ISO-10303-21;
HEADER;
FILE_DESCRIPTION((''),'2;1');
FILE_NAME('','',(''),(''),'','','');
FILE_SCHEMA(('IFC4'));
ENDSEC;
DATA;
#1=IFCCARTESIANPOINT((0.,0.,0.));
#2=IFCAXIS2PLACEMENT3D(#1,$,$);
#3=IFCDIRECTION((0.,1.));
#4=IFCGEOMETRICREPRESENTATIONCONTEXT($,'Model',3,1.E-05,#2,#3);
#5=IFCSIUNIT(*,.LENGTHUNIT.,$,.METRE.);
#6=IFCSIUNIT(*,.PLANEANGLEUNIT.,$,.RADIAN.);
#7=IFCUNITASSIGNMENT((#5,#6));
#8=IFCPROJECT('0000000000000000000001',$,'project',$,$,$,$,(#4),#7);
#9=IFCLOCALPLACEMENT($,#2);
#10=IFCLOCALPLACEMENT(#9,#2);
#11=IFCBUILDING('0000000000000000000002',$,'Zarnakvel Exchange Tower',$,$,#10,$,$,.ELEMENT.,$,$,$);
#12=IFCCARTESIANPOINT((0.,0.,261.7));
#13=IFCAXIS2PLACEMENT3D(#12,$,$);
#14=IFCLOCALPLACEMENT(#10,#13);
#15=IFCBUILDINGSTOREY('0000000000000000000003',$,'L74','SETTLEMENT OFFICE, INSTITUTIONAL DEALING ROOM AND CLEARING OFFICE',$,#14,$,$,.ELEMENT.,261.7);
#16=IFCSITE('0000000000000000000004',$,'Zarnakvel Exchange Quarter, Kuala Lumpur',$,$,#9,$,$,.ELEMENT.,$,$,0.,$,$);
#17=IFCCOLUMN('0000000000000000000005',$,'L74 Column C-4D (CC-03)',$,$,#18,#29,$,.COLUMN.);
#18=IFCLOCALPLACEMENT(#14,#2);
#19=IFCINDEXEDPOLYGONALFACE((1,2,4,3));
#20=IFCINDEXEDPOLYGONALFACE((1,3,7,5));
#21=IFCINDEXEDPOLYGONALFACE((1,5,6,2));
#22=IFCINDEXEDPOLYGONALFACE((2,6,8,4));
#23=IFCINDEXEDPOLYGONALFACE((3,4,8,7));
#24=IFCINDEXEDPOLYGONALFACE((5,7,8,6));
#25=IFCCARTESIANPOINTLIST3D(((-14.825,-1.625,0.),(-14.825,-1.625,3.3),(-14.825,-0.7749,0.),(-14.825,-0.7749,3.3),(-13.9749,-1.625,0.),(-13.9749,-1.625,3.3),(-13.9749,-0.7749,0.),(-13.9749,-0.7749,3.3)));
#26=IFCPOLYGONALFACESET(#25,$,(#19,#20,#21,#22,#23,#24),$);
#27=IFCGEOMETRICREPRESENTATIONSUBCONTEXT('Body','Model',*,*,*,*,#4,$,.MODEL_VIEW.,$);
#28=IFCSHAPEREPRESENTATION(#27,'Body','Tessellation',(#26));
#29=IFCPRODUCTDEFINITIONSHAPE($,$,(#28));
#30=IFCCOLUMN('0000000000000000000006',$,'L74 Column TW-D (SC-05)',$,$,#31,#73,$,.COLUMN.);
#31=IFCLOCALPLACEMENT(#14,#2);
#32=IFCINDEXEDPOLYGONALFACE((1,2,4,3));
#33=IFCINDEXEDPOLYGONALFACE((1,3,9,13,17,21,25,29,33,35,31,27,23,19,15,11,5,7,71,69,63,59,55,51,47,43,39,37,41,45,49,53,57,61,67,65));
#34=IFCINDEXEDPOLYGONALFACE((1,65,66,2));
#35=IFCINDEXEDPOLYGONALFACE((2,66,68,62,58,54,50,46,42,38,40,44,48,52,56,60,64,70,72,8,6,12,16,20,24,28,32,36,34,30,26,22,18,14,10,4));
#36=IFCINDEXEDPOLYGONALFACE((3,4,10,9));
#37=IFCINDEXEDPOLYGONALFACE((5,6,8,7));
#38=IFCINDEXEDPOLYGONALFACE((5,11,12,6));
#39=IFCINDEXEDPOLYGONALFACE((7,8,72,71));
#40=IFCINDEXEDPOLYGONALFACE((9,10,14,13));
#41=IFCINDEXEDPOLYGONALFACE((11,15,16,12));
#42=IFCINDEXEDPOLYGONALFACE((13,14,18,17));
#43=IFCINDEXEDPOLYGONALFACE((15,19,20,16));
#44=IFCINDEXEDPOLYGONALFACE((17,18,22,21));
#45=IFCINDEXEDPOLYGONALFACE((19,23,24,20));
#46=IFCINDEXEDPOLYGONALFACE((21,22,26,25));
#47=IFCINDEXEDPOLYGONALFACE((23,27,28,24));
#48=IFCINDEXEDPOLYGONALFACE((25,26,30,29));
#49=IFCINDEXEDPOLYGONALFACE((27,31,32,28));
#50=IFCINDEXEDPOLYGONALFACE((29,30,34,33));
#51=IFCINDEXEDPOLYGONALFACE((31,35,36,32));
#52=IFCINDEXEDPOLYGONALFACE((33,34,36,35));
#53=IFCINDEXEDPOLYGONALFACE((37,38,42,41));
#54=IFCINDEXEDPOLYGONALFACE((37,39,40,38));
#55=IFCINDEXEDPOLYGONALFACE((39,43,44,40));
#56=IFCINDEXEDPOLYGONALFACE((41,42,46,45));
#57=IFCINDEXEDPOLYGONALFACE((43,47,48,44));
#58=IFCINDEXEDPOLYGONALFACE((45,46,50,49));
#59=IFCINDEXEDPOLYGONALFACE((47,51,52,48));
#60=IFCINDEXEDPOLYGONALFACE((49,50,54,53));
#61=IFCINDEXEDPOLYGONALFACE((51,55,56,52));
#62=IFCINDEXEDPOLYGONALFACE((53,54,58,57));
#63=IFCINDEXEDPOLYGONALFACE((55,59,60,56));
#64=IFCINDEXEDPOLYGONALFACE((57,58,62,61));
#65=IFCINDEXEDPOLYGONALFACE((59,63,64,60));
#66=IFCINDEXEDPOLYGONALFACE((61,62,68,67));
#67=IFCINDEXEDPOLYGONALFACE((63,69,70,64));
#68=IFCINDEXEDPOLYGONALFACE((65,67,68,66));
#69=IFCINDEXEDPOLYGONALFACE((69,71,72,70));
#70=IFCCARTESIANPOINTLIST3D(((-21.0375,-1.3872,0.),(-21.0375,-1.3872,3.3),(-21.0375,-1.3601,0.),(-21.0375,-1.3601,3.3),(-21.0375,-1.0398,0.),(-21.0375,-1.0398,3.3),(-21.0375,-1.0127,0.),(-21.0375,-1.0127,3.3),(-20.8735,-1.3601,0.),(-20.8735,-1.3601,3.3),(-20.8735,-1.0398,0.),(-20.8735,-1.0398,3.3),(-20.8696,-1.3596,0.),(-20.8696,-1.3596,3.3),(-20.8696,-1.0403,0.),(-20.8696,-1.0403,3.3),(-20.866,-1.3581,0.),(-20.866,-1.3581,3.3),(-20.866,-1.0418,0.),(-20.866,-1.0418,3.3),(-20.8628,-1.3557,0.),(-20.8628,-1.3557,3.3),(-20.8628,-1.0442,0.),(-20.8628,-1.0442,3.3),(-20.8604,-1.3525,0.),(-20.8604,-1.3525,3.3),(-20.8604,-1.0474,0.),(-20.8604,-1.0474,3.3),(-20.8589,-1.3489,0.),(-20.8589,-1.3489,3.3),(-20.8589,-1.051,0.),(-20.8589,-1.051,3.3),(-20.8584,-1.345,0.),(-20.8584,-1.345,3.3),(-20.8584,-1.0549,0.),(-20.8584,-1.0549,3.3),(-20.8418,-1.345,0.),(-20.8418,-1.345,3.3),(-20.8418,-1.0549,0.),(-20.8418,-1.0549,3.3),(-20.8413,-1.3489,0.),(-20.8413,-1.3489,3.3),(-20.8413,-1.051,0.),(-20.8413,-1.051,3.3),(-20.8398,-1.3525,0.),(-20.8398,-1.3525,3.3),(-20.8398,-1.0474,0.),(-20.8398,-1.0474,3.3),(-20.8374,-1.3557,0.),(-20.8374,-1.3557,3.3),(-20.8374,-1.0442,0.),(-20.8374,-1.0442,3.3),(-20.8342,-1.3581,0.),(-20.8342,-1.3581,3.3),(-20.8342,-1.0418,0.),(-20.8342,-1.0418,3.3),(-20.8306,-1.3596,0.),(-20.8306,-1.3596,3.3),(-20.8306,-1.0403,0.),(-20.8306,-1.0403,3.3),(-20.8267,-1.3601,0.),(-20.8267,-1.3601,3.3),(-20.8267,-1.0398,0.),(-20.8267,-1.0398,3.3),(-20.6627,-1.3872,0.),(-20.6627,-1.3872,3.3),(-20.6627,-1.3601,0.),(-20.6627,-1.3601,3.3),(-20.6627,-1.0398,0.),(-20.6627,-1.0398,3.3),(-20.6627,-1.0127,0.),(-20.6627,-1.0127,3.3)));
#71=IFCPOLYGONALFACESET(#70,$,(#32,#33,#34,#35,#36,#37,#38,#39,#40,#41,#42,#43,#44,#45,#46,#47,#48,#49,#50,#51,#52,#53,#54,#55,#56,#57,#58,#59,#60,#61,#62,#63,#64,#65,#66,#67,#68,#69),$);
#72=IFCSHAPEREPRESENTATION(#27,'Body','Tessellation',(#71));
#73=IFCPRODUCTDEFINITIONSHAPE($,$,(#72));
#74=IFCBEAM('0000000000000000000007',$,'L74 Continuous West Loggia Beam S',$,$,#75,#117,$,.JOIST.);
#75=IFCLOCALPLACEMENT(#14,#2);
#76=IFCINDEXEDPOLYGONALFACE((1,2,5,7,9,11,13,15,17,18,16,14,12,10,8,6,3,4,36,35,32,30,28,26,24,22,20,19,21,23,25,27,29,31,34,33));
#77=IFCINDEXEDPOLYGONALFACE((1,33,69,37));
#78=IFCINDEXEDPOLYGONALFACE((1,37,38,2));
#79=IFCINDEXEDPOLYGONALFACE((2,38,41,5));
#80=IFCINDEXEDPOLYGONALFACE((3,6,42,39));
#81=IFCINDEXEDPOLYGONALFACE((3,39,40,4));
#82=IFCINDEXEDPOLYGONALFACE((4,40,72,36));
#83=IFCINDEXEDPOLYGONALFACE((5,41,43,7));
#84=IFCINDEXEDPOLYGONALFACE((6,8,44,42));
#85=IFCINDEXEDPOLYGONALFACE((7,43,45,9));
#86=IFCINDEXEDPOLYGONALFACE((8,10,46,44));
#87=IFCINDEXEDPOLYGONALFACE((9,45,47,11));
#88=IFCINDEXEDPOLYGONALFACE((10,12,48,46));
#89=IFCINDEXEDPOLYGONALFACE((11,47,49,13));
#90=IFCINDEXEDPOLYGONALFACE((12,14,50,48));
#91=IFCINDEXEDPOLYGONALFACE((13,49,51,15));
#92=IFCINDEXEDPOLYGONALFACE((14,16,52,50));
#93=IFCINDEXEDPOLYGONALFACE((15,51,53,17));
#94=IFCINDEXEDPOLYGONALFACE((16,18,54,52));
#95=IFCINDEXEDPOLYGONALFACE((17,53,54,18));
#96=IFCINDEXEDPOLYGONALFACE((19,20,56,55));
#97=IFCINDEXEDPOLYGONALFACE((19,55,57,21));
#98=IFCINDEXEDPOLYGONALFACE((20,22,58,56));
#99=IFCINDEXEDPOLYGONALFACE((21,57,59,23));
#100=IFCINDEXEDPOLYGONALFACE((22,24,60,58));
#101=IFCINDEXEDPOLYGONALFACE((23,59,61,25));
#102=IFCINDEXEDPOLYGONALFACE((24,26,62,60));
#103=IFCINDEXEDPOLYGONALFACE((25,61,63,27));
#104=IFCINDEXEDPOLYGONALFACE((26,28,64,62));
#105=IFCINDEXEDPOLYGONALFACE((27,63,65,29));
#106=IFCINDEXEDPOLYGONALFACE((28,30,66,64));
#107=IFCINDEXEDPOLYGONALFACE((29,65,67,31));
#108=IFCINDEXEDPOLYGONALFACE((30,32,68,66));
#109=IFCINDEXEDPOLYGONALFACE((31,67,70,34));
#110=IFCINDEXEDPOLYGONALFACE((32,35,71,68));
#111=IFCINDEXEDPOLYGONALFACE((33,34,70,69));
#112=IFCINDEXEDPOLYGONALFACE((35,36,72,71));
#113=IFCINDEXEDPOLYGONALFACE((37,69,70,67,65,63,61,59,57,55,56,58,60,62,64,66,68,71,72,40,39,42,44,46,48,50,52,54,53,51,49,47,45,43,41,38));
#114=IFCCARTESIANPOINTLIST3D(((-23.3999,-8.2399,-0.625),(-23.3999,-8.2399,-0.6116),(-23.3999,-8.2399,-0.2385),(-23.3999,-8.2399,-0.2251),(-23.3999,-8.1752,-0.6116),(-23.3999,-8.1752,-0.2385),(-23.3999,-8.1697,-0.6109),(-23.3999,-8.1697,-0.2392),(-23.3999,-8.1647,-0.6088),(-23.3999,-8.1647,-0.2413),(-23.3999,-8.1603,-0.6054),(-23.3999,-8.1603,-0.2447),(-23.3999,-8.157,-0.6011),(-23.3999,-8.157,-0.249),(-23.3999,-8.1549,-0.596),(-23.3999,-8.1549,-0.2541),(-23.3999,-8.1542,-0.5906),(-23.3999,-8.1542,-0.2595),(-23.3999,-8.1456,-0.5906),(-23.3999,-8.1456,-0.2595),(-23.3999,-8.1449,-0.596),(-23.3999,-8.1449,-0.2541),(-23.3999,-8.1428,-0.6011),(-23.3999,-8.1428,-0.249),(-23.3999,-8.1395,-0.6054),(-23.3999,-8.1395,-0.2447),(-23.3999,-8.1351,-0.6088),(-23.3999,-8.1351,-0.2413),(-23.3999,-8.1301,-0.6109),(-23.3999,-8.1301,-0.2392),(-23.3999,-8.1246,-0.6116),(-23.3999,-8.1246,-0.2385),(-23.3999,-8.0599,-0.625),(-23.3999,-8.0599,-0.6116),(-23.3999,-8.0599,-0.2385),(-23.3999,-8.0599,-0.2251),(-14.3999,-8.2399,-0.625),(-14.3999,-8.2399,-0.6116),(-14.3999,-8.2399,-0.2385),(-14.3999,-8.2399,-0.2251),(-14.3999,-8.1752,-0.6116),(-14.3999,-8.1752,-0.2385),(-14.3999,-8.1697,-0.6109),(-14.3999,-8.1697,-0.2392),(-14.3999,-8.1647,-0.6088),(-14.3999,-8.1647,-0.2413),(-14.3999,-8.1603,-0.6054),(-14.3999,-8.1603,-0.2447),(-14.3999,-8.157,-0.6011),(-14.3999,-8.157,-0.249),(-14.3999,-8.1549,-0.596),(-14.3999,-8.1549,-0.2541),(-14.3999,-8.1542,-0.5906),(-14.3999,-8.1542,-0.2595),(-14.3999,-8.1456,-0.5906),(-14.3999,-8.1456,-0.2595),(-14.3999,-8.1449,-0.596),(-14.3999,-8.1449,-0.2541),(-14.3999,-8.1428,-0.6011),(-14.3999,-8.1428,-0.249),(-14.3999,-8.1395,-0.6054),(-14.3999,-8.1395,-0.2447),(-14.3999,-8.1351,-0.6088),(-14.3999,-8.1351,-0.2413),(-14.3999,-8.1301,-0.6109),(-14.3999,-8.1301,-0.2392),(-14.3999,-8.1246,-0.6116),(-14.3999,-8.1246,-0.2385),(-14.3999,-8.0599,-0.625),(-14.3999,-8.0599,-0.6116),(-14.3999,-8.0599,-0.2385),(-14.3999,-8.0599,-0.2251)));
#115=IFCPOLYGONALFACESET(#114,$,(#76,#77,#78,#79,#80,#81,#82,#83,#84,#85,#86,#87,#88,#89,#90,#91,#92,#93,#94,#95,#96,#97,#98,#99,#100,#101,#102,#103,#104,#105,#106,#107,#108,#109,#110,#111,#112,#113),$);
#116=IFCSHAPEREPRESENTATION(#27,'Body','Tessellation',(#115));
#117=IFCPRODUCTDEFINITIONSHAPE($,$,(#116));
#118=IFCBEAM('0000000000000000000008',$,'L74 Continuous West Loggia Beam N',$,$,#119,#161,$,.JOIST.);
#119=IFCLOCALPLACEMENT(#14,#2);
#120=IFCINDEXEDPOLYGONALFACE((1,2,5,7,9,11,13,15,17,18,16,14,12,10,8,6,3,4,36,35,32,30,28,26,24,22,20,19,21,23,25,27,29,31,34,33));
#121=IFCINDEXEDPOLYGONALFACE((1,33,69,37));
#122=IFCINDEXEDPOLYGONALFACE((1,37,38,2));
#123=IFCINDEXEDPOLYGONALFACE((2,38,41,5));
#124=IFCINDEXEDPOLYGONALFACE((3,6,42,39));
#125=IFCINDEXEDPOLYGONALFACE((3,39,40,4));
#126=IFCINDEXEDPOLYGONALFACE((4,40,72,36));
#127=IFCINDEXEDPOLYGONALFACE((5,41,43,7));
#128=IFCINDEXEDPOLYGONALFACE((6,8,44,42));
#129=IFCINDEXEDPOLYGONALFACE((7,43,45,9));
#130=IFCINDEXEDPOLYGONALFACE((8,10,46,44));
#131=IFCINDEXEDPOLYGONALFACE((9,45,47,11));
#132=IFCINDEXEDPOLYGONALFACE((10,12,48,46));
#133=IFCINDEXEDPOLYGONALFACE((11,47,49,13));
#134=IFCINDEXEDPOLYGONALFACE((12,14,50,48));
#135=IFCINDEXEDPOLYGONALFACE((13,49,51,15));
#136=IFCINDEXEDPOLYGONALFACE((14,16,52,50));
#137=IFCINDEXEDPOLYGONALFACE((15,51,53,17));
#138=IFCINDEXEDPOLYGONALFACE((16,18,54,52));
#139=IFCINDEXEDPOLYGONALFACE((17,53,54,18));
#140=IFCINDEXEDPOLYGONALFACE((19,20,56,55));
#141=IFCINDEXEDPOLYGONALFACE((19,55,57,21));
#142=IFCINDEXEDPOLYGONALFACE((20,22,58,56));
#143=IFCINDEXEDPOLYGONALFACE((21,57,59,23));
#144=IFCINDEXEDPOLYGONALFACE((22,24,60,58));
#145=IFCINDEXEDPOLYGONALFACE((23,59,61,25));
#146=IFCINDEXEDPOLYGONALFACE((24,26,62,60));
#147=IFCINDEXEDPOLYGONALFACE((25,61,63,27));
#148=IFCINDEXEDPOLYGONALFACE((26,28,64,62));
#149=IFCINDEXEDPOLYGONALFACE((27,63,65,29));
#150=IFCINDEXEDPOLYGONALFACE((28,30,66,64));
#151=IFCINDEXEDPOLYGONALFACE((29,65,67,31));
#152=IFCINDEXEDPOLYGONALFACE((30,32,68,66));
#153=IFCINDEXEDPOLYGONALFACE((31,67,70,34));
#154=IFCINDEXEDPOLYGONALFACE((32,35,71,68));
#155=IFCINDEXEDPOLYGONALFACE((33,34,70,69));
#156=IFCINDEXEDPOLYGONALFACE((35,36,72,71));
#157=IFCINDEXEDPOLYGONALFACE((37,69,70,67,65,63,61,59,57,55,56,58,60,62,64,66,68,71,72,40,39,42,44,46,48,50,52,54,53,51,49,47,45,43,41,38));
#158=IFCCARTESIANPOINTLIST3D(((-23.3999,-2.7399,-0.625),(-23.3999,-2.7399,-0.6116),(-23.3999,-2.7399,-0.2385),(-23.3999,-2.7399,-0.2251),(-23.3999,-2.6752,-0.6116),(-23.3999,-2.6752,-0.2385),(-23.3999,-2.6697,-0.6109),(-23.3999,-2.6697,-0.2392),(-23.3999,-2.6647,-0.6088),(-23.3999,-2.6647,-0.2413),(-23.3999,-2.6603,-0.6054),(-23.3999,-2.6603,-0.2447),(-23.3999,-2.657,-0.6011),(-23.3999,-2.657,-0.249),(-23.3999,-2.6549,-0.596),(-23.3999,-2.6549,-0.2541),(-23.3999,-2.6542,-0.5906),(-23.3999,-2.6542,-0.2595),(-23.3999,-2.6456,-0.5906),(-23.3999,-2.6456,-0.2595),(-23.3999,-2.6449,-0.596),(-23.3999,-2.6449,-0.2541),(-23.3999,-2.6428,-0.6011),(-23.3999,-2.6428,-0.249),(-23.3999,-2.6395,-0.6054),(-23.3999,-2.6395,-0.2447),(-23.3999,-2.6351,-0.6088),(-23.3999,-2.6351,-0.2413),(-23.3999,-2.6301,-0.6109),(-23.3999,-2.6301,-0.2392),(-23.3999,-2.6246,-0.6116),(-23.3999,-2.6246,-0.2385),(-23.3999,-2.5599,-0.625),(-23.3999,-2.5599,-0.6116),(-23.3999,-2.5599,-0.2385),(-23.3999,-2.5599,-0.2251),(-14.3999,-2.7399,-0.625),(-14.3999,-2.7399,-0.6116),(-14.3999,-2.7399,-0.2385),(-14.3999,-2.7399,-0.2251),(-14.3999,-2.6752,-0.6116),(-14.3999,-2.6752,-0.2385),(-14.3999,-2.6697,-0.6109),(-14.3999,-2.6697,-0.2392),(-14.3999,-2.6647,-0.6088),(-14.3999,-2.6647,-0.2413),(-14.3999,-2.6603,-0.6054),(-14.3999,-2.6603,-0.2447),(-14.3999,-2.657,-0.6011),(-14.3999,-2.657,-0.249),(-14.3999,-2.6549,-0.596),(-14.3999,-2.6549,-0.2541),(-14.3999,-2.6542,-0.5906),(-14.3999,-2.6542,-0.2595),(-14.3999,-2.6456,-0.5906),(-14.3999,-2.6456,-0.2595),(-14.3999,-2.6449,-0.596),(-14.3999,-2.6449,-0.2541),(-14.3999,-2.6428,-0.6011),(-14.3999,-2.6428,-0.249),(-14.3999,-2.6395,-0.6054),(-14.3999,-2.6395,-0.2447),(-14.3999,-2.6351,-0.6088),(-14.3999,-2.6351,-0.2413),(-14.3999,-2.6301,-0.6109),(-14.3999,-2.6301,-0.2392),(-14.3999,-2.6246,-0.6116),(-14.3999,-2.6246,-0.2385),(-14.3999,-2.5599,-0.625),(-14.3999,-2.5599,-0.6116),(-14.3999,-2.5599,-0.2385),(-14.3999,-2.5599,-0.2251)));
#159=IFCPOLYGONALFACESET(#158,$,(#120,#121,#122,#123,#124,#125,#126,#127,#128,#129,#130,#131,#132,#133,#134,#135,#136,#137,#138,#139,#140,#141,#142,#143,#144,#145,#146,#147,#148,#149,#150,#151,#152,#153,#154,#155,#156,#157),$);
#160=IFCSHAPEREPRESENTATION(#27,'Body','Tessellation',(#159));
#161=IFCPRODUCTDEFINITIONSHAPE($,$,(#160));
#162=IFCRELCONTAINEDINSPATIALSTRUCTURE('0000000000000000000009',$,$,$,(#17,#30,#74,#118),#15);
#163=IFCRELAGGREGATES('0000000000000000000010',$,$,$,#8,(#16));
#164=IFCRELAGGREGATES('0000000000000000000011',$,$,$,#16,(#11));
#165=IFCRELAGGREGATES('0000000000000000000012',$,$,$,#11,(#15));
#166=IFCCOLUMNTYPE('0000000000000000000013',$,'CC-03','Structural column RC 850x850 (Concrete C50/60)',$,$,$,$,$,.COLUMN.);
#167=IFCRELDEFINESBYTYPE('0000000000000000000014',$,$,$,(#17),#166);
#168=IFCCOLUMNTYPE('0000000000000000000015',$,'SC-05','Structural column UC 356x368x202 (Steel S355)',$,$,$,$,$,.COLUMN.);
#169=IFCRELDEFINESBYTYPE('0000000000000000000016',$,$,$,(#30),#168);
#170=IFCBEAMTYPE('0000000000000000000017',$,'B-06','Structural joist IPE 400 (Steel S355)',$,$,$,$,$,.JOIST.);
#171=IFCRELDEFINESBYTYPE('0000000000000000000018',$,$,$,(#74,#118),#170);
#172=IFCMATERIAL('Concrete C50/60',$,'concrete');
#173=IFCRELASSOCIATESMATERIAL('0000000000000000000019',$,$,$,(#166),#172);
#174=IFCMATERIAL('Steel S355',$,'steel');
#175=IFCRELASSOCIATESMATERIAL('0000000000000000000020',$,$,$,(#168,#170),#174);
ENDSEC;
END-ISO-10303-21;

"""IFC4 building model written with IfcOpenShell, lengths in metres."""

from ifc_helpers import new_model, si_unit, direction, frame, origin, origin_2d, place, context, subcontext, project, spatial, rectangle, i_section, extrude, material, material_profile, profile_set, type_object, element, save


model = new_model("IFC4")

# Units and contexts
model_context = context("Model", 3, precision=1e-05, world=origin(), true_north=direction((0.0, 1.0)))
body_context = subcontext(model_context, "Body", "Model", "MODEL_VIEW")
ifc_project = project(units=[si_unit("LENGTHUNIT", "METRE"), si_unit("PLANEANGLEUNIT", "RADIAN")], contexts=[model_context])

# Site, building, storey
site_placement = place(None, origin())
site = spatial("IfcSite", under=ifc_project, at=site_placement, Name="Zarnakvel Exchange Quarter, Kuala Lumpur", CompositionType="ELEMENT", RefElevation=0.0)
building_placement = place(site_placement, origin())
building = spatial("IfcBuilding", under=site, at=building_placement, Name="Zarnakvel Exchange Tower", CompositionType="ELEMENT")
storey_placement = place(building_placement, frame((0.0, 0.0, 261.7)))
storey = spatial("IfcBuildingStorey", under=building, at=storey_placement, Name="L74", Description="SETTLEMENT OFFICE, INSTITUTIONAL DEALING ROOM AND CLEARING OFFICE", CompositionType="ELEMENT", Elevation=261.7)

# Columns
ifc_material_1 = material(Name="Concrete C50/60", Category="concrete")
ifc_material_profile_1 = material_profile(ifc_material_1, rectangle(XDim=0.8501, YDim=0.8501, at=origin_2d()))
ifc_profile_set_1 = profile_set([ifc_material_profile_1], Name="Concrete C50/60")
column_type_1 = type_object("IfcColumnType", Name="CC-03", Description="Structural column RC 850x850 (Concrete C50/60)", PredefinedType="COLUMN", material=ifc_profile_set_1)
column_1_placement = place(storey_placement, frame((-14.3999, -1.2, 0.0), z_axis=(0.0, 0.0, 1.0), x_axis=(1.0, 0.0, 0.0)))
element("IfcColumn", 1, at=column_1_placement, inside=storey, type_object=column_type_1, Name="L74 Column C-4D (CC-03)", PredefinedType="COLUMN", context=body_context, shape_type="SweptSolid", body=[
    extrude(rectangle(XDim=0.8501, YDim=0.8501, at=origin_2d()), origin(), (0.0, 0.0, 1.0), 3.3),
])
ifc_material_2 = material(Name="Steel S355", Category="steel")
ifc_material_profile_2 = material_profile(ifc_material_2, i_section(OverallWidth=0.3748, OverallDepth=0.3745, WebThickness=0.0166, FlangeThickness=0.0271, FilletRadius=0.0151, at=origin_2d()))
ifc_profile_set_2 = profile_set([ifc_material_profile_2], Name="Steel S355")
column_type_2 = type_object("IfcColumnType", Name="SC-05", Description="Structural column UC 356x368x202 (Steel S355)", PredefinedType="COLUMN", material=ifc_profile_set_2)
column_2_placement = place(storey_placement, frame((-20.8501, -1.2, 0.0), z_axis=(0.0, 0.0, 1.0), x_axis=(1.0, 0.0, 0.0)))
element("IfcColumn", 2, at=column_2_placement, inside=storey, type_object=column_type_2, Name="L74 Column TW-D (SC-05)", PredefinedType="COLUMN", context=body_context, shape_type="SweptSolid", body=[
    extrude(i_section(OverallWidth=0.3748, OverallDepth=0.3745, WebThickness=0.0166, FlangeThickness=0.0271, FilletRadius=0.0151, at=origin_2d()), origin(), (0.0, 0.0, 1.0), 3.3),
])

# Beams
ifc_material_profile_3 = material_profile(ifc_material_2, i_section(OverallWidth=0.1799, OverallDepth=0.3999, WebThickness=0.0085, FlangeThickness=0.0134, FilletRadius=0.021, at=origin_2d()))
ifc_profile_set_3 = profile_set([ifc_material_profile_3], Name="Steel S355")
beam_type_1 = type_object("IfcBeamType", Name="B-06", Description="Structural joist IPE 400 (Steel S355)", PredefinedType="JOIST", material=ifc_profile_set_3)
for number, where, z_axis, x_axis, name in (
    (3, (-14.3999, -8.1499, -0.425), (-1.0, 0.0, 0.0), (0.0, -1.0, 0.0), "L74 Continuous West Loggia Beam S"),
    (4, (-14.3999, -2.6499, -0.425), (-1.0, 0.0, 0.0), (0.0, -1.0, 0.0), "L74 Continuous West Loggia Beam N"),
):
    element("IfcBeam", number, at=place(storey_placement, frame(where, z_axis=z_axis, x_axis=x_axis)), inside=storey, type_object=beam_type_1, Name=name, PredefinedType="JOIST", context=body_context, shape_type="SweptSolid", body=[
        extrude(i_section(OverallWidth=0.1799, OverallDepth=0.3999, WebThickness=0.0085, FlangeThickness=0.0134, FilletRadius=0.021, at=origin_2d()), origin(), (0.0, 0.0, 1.0), 9.0),
    ])

save(model, "model.ifc")
